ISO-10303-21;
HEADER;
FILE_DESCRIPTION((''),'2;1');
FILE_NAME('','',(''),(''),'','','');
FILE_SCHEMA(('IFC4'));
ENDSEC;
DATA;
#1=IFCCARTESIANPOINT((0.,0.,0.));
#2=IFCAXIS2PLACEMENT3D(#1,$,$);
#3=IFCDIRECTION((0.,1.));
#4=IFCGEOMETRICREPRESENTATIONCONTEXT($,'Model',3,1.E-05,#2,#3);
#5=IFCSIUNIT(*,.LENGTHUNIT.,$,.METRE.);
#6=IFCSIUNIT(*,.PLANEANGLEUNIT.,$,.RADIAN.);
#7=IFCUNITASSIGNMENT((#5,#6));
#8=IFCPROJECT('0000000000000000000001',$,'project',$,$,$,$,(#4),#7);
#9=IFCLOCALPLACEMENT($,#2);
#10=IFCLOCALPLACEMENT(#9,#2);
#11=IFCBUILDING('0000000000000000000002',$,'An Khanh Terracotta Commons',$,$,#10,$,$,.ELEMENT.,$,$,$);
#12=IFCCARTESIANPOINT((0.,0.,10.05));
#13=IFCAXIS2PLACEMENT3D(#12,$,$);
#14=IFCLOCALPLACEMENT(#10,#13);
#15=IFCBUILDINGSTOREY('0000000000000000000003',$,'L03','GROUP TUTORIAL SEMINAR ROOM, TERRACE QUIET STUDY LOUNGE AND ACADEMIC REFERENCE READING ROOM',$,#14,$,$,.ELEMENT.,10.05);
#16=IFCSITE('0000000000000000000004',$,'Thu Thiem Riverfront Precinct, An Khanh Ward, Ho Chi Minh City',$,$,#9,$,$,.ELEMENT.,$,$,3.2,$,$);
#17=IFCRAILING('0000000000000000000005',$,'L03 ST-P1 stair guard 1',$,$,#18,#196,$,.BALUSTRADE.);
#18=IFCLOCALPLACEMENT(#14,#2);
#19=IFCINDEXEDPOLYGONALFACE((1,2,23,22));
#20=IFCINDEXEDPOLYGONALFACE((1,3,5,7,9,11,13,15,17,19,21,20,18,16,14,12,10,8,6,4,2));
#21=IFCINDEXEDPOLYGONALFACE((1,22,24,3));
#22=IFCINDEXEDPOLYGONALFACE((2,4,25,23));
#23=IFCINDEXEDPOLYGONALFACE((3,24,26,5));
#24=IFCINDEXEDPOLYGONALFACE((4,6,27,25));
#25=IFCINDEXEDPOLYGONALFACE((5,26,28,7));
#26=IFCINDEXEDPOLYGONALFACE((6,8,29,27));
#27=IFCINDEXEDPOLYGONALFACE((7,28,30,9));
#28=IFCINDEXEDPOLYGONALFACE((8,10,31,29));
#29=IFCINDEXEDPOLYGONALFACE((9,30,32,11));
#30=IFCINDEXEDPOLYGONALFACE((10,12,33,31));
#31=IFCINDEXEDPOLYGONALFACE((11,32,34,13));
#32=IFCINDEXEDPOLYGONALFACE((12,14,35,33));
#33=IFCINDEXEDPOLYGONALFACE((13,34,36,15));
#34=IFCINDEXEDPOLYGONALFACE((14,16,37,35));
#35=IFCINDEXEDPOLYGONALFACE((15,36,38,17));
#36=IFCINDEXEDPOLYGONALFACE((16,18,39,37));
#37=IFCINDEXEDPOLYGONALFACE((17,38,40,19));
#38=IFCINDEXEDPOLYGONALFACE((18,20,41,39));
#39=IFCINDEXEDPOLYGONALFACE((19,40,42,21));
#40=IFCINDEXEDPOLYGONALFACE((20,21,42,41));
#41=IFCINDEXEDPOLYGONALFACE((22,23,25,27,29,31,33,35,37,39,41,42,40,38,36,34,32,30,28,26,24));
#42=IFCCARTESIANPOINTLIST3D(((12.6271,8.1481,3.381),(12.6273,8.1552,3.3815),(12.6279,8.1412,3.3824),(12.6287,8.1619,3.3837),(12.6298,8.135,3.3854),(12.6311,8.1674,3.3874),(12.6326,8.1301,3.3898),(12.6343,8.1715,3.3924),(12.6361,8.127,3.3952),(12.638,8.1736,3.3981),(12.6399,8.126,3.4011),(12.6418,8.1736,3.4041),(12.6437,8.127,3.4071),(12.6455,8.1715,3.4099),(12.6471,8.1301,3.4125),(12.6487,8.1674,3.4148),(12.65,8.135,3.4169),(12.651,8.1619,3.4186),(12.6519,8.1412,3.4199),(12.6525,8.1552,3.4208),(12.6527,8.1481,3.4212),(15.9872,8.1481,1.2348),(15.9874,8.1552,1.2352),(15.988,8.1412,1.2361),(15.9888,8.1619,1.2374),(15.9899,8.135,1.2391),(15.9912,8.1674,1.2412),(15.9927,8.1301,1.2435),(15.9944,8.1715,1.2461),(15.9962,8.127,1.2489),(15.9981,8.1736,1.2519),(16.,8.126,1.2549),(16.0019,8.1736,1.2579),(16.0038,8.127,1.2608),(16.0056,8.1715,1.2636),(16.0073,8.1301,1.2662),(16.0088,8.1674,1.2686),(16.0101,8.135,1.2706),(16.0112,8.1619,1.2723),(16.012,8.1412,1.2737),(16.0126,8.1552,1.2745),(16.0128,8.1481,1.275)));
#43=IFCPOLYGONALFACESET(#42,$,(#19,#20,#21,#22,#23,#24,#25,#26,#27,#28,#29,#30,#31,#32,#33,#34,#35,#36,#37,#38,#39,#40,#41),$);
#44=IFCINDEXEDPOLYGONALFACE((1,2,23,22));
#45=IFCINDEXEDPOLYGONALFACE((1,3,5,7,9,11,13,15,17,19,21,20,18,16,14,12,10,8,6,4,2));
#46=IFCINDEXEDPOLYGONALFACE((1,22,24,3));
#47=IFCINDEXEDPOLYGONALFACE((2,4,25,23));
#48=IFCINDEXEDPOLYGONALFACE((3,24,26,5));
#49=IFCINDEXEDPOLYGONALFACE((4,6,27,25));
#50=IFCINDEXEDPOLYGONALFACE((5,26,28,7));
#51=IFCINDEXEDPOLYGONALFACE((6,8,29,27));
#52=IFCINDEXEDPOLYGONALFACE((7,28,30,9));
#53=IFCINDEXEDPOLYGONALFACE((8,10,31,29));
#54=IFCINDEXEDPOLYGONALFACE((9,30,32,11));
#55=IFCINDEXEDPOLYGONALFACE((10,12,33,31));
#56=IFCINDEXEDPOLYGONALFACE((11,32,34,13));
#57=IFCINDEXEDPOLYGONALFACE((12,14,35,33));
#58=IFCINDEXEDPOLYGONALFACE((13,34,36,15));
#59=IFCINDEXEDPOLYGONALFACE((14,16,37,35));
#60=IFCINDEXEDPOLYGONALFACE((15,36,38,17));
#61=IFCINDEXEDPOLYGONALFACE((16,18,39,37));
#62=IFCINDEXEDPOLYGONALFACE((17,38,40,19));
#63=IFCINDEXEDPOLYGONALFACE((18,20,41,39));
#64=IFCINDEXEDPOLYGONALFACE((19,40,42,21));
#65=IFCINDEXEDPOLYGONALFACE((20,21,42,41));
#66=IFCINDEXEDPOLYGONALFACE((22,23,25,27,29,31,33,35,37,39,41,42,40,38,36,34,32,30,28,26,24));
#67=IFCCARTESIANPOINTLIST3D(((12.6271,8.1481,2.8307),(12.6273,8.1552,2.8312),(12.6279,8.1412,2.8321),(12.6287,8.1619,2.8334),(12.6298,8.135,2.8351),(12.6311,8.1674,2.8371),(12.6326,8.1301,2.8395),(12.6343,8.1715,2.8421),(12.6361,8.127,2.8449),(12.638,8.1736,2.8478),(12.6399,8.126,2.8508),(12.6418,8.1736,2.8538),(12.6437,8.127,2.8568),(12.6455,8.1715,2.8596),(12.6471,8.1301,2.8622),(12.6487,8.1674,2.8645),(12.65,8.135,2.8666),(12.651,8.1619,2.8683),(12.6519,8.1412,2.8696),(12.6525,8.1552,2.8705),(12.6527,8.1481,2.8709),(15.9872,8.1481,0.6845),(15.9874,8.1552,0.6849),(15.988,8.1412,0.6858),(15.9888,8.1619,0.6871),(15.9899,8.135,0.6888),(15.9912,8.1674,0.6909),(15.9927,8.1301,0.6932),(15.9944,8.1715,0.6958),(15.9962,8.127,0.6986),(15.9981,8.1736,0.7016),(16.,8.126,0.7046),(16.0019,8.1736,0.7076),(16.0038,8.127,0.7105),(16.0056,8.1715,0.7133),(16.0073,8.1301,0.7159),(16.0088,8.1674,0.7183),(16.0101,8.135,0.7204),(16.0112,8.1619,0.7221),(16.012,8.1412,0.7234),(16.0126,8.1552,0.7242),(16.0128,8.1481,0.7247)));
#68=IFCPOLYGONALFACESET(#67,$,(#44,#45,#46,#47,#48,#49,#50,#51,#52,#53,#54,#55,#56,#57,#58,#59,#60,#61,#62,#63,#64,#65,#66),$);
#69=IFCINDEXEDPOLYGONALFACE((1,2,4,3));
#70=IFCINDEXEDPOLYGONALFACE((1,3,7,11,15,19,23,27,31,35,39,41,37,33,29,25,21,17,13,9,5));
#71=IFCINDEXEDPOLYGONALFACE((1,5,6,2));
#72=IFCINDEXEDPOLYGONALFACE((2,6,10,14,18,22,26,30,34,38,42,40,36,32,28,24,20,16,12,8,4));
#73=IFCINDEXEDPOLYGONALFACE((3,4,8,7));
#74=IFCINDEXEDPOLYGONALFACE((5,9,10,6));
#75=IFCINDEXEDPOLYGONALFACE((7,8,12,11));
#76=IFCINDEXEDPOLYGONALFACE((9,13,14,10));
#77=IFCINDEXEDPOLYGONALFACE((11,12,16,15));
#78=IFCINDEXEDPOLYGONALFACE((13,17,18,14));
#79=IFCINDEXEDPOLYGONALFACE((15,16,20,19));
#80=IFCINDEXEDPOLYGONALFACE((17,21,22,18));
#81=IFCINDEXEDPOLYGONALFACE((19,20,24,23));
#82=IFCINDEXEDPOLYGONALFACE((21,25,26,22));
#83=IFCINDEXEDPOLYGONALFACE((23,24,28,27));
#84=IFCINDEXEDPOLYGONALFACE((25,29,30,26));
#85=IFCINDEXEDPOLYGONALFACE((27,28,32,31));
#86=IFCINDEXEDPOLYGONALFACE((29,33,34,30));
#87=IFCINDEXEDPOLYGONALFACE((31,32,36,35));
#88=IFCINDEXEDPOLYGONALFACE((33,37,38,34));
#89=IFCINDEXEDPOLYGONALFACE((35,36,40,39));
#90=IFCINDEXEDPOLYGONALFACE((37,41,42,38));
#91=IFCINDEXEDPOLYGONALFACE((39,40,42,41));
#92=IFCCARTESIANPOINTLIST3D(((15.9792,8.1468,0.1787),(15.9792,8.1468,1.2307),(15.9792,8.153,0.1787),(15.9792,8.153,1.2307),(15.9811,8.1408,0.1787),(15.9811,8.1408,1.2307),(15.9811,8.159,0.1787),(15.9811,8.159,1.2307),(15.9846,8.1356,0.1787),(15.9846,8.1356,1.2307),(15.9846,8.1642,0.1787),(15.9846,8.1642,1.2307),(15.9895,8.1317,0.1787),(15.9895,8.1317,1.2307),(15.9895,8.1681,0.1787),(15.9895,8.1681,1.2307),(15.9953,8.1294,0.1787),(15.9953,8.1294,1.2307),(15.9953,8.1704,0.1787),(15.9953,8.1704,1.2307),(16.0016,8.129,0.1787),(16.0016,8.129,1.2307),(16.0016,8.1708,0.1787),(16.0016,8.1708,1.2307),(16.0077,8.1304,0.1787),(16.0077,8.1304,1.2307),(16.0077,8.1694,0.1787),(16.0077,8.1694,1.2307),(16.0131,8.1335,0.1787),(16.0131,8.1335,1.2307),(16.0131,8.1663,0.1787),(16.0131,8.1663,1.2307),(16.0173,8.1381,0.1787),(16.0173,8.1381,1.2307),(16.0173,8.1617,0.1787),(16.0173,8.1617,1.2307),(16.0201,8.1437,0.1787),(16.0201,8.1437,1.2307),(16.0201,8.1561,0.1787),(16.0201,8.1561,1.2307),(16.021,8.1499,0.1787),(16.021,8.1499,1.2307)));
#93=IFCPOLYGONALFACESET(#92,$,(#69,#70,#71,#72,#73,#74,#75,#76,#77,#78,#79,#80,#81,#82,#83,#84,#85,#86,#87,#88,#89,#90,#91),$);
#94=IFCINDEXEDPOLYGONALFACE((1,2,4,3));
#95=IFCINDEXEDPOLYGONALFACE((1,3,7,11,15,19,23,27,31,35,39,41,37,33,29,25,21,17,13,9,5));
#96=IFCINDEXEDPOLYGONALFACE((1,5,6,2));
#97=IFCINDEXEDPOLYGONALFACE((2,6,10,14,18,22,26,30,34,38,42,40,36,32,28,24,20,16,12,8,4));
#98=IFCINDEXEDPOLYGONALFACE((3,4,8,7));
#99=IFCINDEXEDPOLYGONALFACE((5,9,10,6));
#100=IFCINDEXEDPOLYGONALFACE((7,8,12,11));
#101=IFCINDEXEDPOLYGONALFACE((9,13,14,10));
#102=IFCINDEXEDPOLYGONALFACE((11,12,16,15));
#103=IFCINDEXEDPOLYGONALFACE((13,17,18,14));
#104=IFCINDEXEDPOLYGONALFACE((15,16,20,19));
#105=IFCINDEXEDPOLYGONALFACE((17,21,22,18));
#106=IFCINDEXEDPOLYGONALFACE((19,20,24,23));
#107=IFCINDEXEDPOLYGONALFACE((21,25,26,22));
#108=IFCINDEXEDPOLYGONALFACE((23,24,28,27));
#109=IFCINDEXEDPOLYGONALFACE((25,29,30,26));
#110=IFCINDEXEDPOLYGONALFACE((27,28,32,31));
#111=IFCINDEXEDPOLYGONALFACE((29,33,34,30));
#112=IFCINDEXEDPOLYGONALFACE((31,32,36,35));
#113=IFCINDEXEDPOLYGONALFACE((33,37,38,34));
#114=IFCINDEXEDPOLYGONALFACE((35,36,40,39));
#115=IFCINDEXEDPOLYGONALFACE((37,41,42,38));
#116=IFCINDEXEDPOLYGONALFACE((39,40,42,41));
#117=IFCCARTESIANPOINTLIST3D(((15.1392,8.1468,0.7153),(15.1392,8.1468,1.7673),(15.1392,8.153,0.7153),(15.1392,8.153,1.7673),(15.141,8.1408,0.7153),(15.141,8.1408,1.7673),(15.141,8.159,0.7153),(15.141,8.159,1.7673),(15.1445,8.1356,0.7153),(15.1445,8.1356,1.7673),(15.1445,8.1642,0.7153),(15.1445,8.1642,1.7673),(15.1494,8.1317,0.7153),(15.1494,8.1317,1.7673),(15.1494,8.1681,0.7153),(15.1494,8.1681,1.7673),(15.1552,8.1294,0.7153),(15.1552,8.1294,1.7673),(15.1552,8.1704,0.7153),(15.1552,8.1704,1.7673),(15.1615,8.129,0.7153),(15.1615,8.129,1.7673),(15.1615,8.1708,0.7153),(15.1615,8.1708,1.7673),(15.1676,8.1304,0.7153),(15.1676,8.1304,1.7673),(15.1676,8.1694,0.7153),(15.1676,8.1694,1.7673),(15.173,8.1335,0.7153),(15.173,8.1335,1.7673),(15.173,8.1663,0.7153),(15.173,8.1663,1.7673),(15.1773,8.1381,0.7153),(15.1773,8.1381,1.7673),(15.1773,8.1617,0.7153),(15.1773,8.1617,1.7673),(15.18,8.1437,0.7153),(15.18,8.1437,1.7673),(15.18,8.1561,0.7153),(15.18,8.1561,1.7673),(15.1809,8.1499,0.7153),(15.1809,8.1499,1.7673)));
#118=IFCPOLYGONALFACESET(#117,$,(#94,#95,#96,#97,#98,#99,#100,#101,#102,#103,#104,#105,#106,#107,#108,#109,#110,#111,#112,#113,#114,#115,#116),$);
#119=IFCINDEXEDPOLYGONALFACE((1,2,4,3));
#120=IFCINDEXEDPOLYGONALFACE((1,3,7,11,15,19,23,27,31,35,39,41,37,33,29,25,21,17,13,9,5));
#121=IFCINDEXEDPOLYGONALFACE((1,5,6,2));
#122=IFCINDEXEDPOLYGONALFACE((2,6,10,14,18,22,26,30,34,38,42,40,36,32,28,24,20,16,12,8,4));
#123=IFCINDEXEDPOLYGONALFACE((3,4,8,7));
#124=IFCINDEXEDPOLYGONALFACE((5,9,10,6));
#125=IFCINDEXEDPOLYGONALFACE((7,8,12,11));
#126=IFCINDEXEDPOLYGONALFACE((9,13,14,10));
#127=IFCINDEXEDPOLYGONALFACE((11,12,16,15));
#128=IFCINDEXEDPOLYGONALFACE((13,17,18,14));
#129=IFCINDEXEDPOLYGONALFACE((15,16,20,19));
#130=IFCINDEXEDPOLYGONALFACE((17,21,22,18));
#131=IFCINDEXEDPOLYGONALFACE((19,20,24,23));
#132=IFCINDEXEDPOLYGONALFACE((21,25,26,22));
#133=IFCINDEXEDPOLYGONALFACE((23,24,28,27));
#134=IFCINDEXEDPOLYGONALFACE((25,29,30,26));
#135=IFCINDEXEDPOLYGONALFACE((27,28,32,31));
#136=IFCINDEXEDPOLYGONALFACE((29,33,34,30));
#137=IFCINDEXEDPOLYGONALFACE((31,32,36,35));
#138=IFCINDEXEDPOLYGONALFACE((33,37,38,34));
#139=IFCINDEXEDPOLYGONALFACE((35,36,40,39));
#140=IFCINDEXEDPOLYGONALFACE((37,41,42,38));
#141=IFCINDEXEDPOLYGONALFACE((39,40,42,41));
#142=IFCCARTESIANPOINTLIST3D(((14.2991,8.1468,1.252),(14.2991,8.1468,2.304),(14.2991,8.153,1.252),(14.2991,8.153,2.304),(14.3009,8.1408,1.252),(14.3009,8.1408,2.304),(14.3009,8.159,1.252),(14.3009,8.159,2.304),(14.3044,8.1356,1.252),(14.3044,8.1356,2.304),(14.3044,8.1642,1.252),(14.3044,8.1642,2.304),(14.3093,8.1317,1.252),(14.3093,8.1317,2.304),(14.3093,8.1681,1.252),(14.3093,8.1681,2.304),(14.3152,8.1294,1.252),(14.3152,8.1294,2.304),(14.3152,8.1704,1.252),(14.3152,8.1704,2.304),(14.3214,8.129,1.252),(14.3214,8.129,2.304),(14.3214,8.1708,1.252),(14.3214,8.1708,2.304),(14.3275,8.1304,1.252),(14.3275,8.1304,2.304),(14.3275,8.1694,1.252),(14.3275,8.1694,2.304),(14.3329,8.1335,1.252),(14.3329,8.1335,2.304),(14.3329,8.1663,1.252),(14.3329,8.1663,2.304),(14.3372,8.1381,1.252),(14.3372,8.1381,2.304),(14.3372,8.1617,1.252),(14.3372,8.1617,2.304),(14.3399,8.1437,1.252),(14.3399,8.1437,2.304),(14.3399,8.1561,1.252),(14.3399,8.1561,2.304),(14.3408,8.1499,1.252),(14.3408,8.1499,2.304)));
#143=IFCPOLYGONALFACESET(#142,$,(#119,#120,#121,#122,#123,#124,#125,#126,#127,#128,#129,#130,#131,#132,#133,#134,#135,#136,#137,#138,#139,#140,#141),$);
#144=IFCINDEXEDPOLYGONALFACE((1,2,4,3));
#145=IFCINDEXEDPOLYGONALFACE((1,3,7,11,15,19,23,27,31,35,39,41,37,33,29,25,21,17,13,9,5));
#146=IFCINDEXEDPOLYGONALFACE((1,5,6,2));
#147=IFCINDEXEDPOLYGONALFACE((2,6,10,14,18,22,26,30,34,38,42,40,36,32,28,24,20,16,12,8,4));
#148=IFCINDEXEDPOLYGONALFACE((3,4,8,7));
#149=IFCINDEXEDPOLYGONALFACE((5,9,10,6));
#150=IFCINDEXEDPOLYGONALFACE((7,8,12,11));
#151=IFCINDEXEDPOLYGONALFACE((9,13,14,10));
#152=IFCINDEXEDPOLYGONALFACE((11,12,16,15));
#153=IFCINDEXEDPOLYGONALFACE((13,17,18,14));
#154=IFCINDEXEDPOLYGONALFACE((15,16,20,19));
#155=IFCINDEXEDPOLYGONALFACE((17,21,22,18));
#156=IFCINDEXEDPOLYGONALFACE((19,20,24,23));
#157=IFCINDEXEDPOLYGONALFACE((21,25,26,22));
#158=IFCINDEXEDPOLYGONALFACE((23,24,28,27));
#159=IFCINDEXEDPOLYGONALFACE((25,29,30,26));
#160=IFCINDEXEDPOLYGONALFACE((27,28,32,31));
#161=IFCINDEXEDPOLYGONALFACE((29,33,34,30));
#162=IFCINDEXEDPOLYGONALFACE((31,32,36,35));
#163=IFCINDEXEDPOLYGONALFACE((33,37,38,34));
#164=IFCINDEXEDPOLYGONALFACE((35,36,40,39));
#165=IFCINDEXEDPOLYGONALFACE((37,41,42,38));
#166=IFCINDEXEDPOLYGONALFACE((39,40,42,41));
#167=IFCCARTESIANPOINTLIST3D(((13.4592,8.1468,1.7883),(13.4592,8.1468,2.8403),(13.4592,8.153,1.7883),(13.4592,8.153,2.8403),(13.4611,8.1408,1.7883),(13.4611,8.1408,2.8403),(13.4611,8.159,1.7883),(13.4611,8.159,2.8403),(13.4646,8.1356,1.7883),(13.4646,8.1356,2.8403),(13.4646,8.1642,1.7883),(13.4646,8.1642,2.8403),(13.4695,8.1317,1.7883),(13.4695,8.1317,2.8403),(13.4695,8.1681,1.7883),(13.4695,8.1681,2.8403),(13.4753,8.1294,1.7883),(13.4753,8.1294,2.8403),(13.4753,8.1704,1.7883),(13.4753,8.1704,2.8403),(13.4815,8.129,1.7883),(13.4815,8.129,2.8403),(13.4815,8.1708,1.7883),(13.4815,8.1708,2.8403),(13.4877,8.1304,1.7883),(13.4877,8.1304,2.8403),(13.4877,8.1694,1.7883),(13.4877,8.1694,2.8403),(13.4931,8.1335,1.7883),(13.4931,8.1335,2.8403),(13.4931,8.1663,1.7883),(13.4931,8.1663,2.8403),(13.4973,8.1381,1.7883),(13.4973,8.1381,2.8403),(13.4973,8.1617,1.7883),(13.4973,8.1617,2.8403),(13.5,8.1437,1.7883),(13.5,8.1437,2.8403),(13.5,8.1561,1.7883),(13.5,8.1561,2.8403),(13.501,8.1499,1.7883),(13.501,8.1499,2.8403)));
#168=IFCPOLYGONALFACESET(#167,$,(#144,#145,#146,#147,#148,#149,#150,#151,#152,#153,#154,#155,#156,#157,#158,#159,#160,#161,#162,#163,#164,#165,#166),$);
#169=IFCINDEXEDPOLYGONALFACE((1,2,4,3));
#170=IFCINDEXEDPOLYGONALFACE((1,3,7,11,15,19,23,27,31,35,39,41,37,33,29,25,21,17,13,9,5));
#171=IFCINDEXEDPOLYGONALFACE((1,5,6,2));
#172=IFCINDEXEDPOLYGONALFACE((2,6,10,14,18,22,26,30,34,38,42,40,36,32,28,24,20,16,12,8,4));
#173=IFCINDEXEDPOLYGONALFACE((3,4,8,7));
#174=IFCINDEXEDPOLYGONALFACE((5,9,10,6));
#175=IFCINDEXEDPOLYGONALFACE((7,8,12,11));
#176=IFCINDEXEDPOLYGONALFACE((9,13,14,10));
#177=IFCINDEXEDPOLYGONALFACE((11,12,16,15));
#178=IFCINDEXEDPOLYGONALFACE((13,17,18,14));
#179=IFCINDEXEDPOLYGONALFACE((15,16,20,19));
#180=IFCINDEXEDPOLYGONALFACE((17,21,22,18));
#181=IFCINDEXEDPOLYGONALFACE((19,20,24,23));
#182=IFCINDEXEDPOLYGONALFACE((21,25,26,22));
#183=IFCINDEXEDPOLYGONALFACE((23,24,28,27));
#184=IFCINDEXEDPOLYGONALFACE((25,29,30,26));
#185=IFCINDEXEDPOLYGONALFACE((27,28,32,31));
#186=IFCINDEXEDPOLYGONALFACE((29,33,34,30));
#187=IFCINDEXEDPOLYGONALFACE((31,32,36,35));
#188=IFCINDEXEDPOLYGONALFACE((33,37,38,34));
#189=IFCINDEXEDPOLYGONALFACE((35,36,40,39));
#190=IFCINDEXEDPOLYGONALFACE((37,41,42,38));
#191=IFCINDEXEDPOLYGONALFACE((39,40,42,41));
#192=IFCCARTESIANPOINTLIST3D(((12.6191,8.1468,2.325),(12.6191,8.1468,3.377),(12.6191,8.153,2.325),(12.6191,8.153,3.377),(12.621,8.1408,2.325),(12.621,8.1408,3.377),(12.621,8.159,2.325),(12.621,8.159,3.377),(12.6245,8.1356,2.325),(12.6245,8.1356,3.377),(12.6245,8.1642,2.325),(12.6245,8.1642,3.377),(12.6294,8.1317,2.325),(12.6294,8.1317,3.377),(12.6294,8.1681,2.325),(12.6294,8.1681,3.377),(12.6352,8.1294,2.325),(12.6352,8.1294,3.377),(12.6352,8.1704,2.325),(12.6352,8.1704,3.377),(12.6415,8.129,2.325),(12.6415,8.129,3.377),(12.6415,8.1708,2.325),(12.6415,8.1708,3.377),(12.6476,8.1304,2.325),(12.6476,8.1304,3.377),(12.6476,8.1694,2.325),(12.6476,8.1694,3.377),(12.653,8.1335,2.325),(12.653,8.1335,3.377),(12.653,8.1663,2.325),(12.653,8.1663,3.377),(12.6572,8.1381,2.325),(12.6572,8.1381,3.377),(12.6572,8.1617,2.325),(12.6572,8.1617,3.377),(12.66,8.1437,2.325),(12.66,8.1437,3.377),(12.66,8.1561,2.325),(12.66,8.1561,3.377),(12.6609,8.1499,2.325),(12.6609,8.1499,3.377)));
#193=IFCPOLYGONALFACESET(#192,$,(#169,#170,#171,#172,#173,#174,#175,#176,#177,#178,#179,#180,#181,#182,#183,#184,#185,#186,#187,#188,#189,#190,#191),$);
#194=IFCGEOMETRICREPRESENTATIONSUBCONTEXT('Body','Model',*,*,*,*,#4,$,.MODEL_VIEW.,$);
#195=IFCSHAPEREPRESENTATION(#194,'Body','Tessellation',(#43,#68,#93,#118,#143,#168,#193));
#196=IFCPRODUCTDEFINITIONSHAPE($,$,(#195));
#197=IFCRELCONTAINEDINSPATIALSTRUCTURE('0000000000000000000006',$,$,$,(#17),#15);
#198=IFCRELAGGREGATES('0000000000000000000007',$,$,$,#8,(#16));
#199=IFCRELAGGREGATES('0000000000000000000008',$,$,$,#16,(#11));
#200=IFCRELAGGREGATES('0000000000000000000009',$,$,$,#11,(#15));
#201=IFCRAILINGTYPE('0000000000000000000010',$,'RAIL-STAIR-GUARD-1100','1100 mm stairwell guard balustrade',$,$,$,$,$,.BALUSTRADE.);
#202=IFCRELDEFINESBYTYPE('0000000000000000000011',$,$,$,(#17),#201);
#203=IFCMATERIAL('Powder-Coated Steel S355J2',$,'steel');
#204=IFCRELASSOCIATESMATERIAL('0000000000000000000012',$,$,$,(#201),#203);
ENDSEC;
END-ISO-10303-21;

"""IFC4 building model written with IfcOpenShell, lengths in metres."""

from ifc_helpers import new_model, si_unit, direction, frame, origin, origin_2d, place, context, subcontext, project, spatial, circle, extrude, material, type_object, element, save


model = new_model("IFC4")

# Units and contexts
model_context = context("Model", 3, precision=1e-05, world=origin(), true_north=direction((0.0, 1.0)))
body_context = subcontext(model_context, "Body", "Model", "MODEL_VIEW")
ifc_project = project(units=[si_unit("LENGTHUNIT", "METRE"), si_unit("PLANEANGLEUNIT", "RADIAN")], contexts=[model_context])

# Site, building, storey
site_placement = place(None, origin())
site = spatial("IfcSite", under=ifc_project, at=site_placement, Name="Thu Thiem Riverfront Precinct, An Khanh Ward, Ho Chi Minh City", CompositionType="ELEMENT", RefElevation=3.2)
building_placement = place(site_placement, origin())
building = spatial("IfcBuilding", under=site, at=building_placement, Name="An Khanh Terracotta Commons", CompositionType="ELEMENT")
storey_placement = place(building_placement, frame((0.0, 0.0, 10.05)))
storey = spatial("IfcBuildingStorey", under=building, at=storey_placement, Name="L03", Description="GROUP TUTORIAL SEMINAR ROOM, TERRACE QUIET STUDY LOUNGE AND ACADEMIC REFERENCE READING ROOM", CompositionType="ELEMENT", Elevation=10.05)

# Railing
ifc_material_1 = material(Name="Powder-Coated Steel S355J2", Category="steel")
railing_type_1 = type_object("IfcRailingType", Name="RAIL-STAIR-GUARD-1100", Description="1100 mm stairwell guard balustrade", PredefinedType="BALUSTRADE", material=ifc_material_1)
railing_1_placement = place(storey_placement, frame((16.0, 8.1499, 0.1787)))
element("IfcRailing", 1, at=railing_1_placement, inside=storey, type_object=railing_type_1, Name="L03 ST-P1 stair guard 1", PredefinedType="BALUSTRADE", context=body_context, shape_type="SweptSolid", body=[
    extrude(circle(Radius=0.0239, at=origin_2d()), frame((0.0, 0.0, 1.0762), z_axis=(-0.842753, 0.0, 0.538301), x_axis=(0.0, -1.0, 0.0)), (0.0, 0.0, 1.0), 3.9871),
    extrude(circle(Radius=0.0239, at=origin_2d()), frame((0.0, 0.0, 0.5259), z_axis=(-0.842753, 0.0, 0.538301), x_axis=(0.0, -1.0, 0.0)), (0.0, 0.0, 1.0), 3.9871),
    extrude(circle(Radius=0.021, at=origin_2d()), origin(), (0.0, 0.0, 1.0), 1.052),
    extrude(circle(Radius=0.021, at=origin_2d()), frame((-0.8401, 0.0, 0.5366)), (0.0, 0.0, 1.0), 1.052),
    extrude(circle(Radius=0.021, at=origin_2d()), frame((-1.6802, 0.0, 1.0732)), (0.0, 0.0, 1.0), 1.052),
    extrude(circle(Radius=0.021, at=origin_2d()), frame((-2.52, 0.0, 1.6096)), (0.0, 0.0, 1.0), 1.052),
    extrude(circle(Radius=0.021, at=origin_2d()), frame((-3.3601, 0.0, 2.1462)), (0.0, 0.0, 1.0), 1.052),
])

save(model, "model.ifc")
